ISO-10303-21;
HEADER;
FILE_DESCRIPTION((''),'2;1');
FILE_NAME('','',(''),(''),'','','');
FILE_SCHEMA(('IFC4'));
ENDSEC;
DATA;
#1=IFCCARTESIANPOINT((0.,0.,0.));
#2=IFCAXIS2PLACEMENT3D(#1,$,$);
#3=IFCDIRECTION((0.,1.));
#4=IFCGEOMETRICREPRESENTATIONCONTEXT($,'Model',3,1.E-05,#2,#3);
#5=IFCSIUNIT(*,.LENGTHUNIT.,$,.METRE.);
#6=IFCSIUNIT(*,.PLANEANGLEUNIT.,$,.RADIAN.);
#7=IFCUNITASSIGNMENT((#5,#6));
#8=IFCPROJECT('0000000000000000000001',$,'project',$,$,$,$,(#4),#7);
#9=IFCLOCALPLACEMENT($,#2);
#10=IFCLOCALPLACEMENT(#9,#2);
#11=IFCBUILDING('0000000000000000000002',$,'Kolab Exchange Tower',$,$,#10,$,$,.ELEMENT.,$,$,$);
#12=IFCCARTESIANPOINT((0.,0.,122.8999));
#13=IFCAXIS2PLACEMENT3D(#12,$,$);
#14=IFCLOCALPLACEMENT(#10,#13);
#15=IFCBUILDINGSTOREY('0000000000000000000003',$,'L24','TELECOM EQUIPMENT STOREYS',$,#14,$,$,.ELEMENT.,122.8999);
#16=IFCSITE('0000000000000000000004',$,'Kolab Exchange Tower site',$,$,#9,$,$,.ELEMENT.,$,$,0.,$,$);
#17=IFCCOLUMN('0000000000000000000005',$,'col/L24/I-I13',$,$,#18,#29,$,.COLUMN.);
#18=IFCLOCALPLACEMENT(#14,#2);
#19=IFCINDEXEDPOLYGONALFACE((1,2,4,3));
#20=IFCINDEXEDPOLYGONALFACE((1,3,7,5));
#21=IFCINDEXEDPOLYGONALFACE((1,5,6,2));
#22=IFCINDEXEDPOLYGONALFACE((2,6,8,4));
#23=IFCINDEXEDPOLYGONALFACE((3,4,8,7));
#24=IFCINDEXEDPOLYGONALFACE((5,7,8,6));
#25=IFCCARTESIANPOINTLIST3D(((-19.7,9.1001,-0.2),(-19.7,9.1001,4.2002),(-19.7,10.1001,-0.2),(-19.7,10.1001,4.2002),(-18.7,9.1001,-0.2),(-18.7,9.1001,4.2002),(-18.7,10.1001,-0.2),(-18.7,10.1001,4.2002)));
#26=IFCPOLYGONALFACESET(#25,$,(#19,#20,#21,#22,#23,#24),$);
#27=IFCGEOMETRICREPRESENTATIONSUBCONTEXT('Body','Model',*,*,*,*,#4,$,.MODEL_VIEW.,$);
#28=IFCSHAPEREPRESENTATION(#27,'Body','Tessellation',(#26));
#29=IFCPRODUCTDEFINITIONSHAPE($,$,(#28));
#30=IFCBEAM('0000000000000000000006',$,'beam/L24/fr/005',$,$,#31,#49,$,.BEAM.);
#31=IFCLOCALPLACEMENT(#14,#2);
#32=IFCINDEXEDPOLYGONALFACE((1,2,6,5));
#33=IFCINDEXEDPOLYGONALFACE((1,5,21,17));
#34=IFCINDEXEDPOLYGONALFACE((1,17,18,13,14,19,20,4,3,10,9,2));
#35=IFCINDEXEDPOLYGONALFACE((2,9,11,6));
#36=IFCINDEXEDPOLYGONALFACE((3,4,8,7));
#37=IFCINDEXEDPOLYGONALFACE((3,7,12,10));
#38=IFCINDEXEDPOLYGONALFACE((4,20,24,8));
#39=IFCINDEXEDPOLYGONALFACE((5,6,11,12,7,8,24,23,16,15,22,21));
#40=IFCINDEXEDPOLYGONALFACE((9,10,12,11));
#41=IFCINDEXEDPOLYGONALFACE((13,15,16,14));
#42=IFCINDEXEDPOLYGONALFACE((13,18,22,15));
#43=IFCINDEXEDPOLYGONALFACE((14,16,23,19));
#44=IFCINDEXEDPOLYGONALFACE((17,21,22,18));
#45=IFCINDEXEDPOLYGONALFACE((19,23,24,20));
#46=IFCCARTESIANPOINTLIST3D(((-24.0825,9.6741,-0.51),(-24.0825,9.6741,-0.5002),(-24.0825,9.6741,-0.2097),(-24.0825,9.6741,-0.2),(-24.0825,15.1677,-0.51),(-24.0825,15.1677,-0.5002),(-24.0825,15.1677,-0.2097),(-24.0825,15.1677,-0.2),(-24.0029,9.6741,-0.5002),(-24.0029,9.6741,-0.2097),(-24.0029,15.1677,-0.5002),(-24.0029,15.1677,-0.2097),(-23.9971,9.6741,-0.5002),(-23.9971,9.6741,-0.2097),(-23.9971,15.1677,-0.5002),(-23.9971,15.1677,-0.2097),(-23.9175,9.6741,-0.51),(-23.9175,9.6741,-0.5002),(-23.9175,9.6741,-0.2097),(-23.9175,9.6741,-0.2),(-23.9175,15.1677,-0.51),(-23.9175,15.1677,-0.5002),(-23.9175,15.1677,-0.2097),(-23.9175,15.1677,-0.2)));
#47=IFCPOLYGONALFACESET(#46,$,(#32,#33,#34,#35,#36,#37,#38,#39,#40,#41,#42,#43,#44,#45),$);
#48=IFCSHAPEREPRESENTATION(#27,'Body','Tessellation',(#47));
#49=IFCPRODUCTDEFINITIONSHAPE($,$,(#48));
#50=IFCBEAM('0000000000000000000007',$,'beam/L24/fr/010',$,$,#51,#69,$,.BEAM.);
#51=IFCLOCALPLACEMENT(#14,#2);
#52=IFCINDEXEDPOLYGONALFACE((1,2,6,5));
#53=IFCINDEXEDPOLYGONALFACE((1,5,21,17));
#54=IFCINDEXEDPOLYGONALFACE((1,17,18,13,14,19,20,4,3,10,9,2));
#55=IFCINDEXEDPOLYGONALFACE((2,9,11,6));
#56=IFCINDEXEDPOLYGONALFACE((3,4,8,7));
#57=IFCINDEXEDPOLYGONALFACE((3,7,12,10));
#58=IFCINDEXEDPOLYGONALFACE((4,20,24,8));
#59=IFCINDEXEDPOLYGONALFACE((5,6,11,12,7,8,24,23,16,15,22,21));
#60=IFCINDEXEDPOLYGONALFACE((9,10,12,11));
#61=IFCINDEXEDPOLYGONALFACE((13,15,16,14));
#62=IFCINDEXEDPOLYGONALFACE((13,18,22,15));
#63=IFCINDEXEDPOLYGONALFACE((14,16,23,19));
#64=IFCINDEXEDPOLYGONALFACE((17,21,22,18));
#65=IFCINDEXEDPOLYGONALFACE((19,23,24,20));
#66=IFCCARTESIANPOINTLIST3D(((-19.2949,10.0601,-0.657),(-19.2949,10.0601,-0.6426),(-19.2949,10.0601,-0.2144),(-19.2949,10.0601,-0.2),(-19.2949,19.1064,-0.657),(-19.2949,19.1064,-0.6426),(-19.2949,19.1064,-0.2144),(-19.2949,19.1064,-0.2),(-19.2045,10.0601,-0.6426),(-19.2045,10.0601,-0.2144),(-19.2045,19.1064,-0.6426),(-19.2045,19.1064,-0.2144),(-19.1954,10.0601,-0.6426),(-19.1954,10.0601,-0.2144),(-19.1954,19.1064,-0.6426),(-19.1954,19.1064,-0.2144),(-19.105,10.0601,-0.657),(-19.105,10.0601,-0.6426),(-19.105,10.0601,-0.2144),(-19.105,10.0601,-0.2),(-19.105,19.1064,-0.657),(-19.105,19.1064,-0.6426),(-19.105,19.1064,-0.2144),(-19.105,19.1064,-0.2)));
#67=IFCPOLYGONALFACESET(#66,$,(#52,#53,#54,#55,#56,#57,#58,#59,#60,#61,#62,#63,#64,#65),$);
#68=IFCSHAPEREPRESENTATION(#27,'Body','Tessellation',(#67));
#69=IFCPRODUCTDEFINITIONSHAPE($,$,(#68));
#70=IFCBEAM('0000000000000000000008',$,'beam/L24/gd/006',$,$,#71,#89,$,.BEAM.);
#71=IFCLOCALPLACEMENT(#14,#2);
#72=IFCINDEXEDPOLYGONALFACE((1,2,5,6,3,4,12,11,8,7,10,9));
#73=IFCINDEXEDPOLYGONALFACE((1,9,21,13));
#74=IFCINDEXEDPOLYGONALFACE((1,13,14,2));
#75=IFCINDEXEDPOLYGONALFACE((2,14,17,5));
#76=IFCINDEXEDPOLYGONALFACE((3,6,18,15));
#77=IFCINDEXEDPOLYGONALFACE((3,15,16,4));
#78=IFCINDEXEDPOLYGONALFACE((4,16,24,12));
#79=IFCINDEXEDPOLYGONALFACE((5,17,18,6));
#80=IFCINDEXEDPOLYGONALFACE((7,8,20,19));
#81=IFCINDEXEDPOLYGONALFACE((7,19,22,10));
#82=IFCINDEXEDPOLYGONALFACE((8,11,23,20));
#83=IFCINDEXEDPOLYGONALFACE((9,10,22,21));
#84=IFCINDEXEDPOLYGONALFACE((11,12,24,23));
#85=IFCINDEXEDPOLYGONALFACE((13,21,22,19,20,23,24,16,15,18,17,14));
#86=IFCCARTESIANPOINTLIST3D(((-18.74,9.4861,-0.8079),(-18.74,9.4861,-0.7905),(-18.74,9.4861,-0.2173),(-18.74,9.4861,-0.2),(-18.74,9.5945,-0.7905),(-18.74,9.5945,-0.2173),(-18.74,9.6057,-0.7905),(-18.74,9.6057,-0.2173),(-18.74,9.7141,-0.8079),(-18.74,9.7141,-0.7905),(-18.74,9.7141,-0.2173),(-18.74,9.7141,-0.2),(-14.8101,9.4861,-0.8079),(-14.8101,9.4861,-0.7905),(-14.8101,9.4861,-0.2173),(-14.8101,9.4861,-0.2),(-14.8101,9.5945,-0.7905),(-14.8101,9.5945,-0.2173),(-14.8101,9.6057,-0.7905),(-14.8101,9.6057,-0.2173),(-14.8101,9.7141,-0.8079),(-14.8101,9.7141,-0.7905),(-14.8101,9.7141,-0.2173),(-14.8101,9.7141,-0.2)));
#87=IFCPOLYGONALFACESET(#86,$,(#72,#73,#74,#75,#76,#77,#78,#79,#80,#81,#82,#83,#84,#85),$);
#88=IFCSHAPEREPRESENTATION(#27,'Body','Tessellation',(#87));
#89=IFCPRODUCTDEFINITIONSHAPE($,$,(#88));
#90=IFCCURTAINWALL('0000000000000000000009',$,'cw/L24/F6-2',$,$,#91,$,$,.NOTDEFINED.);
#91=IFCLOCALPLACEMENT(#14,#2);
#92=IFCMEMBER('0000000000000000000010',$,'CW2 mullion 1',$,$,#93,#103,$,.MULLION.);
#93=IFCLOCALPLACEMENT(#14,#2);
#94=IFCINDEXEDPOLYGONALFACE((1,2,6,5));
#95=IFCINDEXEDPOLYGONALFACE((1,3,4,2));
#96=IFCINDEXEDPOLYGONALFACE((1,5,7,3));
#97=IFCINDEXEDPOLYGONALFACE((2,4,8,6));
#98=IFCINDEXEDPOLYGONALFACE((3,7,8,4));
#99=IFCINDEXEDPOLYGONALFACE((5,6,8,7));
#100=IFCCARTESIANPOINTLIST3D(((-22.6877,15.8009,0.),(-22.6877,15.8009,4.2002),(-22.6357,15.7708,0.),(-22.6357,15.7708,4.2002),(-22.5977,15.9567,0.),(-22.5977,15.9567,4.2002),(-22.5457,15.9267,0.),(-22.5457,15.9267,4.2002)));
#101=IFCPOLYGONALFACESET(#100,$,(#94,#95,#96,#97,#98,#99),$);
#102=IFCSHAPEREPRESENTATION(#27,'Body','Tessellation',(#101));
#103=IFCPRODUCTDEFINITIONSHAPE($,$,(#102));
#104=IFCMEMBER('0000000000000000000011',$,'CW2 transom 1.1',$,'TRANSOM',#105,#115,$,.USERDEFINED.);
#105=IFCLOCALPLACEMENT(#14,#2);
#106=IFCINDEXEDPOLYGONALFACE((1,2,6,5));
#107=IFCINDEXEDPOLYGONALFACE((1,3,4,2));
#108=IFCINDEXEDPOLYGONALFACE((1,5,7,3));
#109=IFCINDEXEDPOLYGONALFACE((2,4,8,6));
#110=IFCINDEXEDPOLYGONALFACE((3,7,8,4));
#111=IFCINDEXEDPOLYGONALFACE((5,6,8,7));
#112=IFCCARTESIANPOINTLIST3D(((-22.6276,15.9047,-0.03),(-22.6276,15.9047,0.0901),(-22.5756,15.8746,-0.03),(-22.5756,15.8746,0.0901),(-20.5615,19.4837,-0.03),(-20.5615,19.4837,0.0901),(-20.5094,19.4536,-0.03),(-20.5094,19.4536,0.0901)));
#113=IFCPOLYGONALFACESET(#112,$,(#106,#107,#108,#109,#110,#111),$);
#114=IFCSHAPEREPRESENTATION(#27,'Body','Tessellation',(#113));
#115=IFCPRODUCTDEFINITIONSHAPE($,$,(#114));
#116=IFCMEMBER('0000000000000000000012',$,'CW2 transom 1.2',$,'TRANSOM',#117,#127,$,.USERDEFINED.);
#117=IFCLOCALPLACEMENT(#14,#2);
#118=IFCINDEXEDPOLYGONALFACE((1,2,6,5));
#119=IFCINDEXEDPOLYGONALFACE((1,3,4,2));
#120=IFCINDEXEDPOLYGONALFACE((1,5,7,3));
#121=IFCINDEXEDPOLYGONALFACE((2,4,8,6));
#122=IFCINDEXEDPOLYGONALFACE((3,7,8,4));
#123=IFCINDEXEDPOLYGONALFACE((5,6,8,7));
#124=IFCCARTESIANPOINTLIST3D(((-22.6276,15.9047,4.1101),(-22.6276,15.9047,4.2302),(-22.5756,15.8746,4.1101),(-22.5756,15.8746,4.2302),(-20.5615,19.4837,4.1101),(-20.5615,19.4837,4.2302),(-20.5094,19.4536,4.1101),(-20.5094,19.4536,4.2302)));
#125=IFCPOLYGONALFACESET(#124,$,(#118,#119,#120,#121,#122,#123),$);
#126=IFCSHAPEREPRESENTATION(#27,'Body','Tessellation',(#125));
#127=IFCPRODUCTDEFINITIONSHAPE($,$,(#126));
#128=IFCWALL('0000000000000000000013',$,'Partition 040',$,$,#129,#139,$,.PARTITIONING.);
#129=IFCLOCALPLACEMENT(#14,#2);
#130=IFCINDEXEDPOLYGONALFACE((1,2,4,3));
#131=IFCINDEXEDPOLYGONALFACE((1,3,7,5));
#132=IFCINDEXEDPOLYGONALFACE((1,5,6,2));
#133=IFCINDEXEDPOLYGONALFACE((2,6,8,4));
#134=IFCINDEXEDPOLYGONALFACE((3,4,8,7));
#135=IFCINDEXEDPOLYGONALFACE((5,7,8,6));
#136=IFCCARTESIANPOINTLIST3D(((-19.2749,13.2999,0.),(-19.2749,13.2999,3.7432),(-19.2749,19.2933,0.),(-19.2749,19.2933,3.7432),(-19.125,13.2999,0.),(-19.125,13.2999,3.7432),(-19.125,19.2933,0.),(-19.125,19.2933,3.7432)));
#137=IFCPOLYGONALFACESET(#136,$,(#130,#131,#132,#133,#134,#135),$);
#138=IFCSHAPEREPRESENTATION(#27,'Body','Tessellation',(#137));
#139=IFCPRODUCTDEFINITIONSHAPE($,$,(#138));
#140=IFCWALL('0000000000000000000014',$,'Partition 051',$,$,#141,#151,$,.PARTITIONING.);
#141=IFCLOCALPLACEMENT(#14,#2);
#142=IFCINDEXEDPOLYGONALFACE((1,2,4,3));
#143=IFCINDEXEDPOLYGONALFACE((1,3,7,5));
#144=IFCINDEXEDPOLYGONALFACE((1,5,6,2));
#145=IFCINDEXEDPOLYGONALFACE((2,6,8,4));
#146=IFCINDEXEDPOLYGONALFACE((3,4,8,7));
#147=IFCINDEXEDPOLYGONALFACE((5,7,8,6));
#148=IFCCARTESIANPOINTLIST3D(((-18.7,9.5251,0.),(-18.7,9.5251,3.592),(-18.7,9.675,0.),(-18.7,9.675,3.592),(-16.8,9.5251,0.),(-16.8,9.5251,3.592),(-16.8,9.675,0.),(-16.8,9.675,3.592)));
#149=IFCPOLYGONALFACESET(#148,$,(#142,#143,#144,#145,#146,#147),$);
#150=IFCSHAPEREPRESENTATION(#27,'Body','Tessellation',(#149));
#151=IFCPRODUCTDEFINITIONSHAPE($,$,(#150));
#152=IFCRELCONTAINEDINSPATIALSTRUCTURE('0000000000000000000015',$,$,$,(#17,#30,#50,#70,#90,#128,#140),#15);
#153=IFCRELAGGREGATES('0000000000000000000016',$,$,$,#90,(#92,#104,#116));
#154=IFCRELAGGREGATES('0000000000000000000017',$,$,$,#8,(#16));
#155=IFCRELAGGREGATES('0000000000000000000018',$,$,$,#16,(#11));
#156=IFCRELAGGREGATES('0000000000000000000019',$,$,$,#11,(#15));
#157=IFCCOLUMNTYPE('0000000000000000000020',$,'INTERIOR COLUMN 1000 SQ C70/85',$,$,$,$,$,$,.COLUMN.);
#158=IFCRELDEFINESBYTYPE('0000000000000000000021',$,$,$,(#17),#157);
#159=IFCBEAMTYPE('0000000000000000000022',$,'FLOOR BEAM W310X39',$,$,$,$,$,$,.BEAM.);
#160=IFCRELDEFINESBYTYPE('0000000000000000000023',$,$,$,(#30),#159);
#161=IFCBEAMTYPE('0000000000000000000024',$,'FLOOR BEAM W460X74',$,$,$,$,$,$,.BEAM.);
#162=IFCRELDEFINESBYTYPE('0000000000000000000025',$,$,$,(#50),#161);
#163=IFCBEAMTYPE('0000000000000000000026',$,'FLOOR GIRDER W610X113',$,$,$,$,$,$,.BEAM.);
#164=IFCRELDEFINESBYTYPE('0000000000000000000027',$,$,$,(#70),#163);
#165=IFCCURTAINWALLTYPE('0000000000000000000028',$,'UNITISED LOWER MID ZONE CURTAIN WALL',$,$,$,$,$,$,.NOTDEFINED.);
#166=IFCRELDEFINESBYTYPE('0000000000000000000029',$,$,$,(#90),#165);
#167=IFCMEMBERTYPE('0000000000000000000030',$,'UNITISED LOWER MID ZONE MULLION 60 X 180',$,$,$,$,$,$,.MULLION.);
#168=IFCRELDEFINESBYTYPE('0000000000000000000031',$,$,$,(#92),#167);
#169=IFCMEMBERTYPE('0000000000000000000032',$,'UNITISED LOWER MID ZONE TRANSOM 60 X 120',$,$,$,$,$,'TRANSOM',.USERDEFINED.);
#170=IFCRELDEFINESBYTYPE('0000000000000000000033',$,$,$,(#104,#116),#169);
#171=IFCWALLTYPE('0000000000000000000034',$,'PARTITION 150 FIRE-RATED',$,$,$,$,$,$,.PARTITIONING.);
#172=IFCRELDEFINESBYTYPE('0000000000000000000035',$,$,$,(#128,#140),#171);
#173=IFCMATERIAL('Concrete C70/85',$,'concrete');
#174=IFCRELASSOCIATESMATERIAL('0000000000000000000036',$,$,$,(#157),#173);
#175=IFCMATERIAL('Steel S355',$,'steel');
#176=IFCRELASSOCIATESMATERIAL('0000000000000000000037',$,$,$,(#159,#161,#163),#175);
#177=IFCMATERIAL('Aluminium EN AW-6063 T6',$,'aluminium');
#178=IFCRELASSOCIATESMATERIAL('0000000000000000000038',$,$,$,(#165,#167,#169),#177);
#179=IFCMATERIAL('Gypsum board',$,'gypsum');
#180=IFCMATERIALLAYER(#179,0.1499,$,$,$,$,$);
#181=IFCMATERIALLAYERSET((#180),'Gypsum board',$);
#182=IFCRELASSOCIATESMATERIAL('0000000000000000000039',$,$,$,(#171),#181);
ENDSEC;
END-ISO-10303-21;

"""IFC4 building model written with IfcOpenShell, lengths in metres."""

from ifc_helpers import new_model, si_unit, direction, frame, frame_2d, origin, origin_2d, place, context, subcontext, project, spatial, rectangle, i_section, extrude, material, layer, layer_set, material_profile, profile_set, type_object, element, aggregate, save


model = new_model("IFC4")

# Units and contexts
model_context = context("Model", 3, precision=1e-05, world=origin(), true_north=direction((0.0, 1.0)))
body_context = subcontext(model_context, "Body", "Model", "MODEL_VIEW")
ifc_project = project(units=[si_unit("LENGTHUNIT", "METRE"), si_unit("PLANEANGLEUNIT", "RADIAN")], contexts=[model_context])

# Site, building, storey
site_placement = place(None, origin())
site = spatial("IfcSite", under=ifc_project, at=site_placement, Name="Kolab Exchange Tower site", CompositionType="ELEMENT", RefElevation=0.0)
building_placement = place(site_placement, origin())
building = spatial("IfcBuilding", under=site, at=building_placement, Name="Kolab Exchange Tower", CompositionType="ELEMENT")
storey_placement = place(building_placement, frame((0.0, 0.0, 122.8999)))
storey = spatial("IfcBuildingStorey", under=building, at=storey_placement, Name="L24", Description="TELECOM EQUIPMENT STOREYS", CompositionType="ELEMENT", Elevation=122.8999)

# Column
ifc_material_1 = material(Name="Concrete C70/85", Category="concrete")
ifc_material_profile_1 = material_profile(ifc_material_1, rectangle(XDim=1.0, YDim=1.0, at=origin_2d()), Name="RC1000")
ifc_profile_set_1 = profile_set([ifc_material_profile_1], Name="Concrete C70/85")
column_type = type_object("IfcColumnType", Name="INTERIOR COLUMN 1000 SQ C70/85", PredefinedType="COLUMN", material=ifc_profile_set_1)
column_placement = place(storey_placement, frame((-19.2, 9.6001, -0.2), z_axis=(0.0, 0.0, 1.0), x_axis=(1.0, 0.0, 0.0)))
element("IfcColumn", 1, at=column_placement, inside=storey, type_object=column_type, Name="col/L24/I-I13", PredefinedType="COLUMN", context=body_context, shape_type="SweptSolid", body=[
    extrude(rectangle(XDim=1.0, YDim=1.0, at=origin_2d()), origin(), (0.0, 0.0, 1.0), 4.4001),
])

# Beams
ifc_material_2 = material(Name="Steel S355", Category="steel")
ifc_material_profile_2 = material_profile(ifc_material_2, i_section(OverallWidth=0.165, OverallDepth=0.3101, WebThickness=0.0059, FlangeThickness=0.0098, at=origin_2d()), Name="W310X39")
ifc_profile_set_2 = profile_set([ifc_material_profile_2], Name="Steel S355")
beam_type_1 = type_object("IfcBeamType", Name="FLOOR BEAM W310X39", PredefinedType="BEAM", material=ifc_profile_set_2)
beam_1_placement = place(storey_placement, frame((-24.0, 9.6741, -0.355), z_axis=(0.0, 1.0, 0.0), x_axis=(-1.0, 0.0, 0.0)))
element("IfcBeam", 2, at=beam_1_placement, inside=storey, type_object=beam_type_1, Name="beam/L24/fr/005", PredefinedType="BEAM", context=body_context, shape_type="SweptSolid", body=[
    extrude(i_section(OverallWidth=0.165, OverallDepth=0.3101, WebThickness=0.0059, FlangeThickness=0.0098, at=origin_2d()), origin(), (0.0, 0.0, 1.0), 5.4937),
])
ifc_material_profile_3 = material_profile(ifc_material_2, i_section(OverallWidth=0.1899, OverallDepth=0.457, WebThickness=0.009, FlangeThickness=0.0144, at=origin_2d()), Name="W460X74")
ifc_profile_set_3 = profile_set([ifc_material_profile_3], Name="Steel S355")
beam_type_2 = type_object("IfcBeamType", Name="FLOOR BEAM W460X74", PredefinedType="BEAM", material=ifc_profile_set_3)
beam_2_placement = place(storey_placement, frame((-19.2, 10.0601, -0.4285), z_axis=(0.0, 1.0, 0.0), x_axis=(-1.0, 0.0, 0.0)))
element("IfcBeam", 3, at=beam_2_placement, inside=storey, type_object=beam_type_2, Name="beam/L24/fr/010", PredefinedType="BEAM", context=body_context, shape_type="SweptSolid", body=[
    extrude(i_section(OverallWidth=0.1899, OverallDepth=0.457, WebThickness=0.009, FlangeThickness=0.0144, at=origin_2d()), origin(), (0.0, 0.0, 1.0), 9.0464),
])
ifc_material_profile_4 = material_profile(ifc_material_2, i_section(OverallWidth=0.228, OverallDepth=0.6079, WebThickness=0.0112, FlangeThickness=0.0173, at=origin_2d()), Name="W610X113")
ifc_profile_set_4 = profile_set([ifc_material_profile_4], Name="Steel S355")
beam_type_3 = type_object("IfcBeamType", Name="FLOOR GIRDER W610X113", PredefinedType="BEAM", material=ifc_profile_set_4)
beam_3_placement = place(storey_placement, frame((-18.74, 9.6001, -0.5039), z_axis=(1.0, 0.0, 0.0), x_axis=(0.0, 1.0, 0.0)))
element("IfcBeam", 4, at=beam_3_placement, inside=storey, type_object=beam_type_3, Name="beam/L24/gd/006", PredefinedType="BEAM", context=body_context, shape_type="SweptSolid", body=[
    extrude(i_section(OverallWidth=0.228, OverallDepth=0.6079, WebThickness=0.0112, FlangeThickness=0.0173, at=origin_2d()), origin(), (0.0, 0.0, 1.0), 3.9299),
])

# Curtain wall, members
ifc_material_3 = material(Name="Aluminium EN AW-6063 T6", Category="aluminium")
curtain_wall_type = type_object("IfcCurtainWallType", Name="UNITISED LOWER MID ZONE CURTAIN WALL", PredefinedType="NOTDEFINED", material=ifc_material_3)
curtain_wall_placement = place(storey_placement, origin())
curtain_wall = element("IfcCurtainWall", 5, at=curtain_wall_placement, inside=storey, type_object=curtain_wall_type, Name="cw/L24/F6-2", PredefinedType="NOTDEFINED")
ifc_material_profile_5 = material_profile(ifc_material_3, rectangle(XDim=0.0601, YDim=0.1799, at=origin_2d()), Name="RECT 60X180")
ifc_profile_set_5 = profile_set([ifc_material_profile_5], Name="Aluminium EN AW-6063 T6")
member_type_1 = type_object("IfcMemberType", Name="UNITISED LOWER MID ZONE MULLION 60 X 180", PredefinedType="MULLION", material=ifc_profile_set_5)
member_1_placement = place(storey_placement, frame((-22.6167, 15.8638, 0.0), z_axis=(0.0, 0.0, 1.0), x_axis=(-0.866025, 0.5, 0.0)))
member_1 = element("IfcMember", 6, at=member_1_placement, type_object=member_type_1, Name="CW2 mullion 1", PredefinedType="MULLION", context=body_context, shape_type="SweptSolid", body=[
    extrude(rectangle(XDim=0.0601, YDim=0.1799, at=origin_2d()), origin(), (0.0, 0.0, 1.0), 4.2002),
])
ifc_material_profile_6 = material_profile(ifc_material_3, rectangle(XDim=0.0601, YDim=0.1201, at=origin_2d()), Name="RECT 60X120")
ifc_profile_set_6 = profile_set([ifc_material_profile_6], Name="Aluminium EN AW-6063 T6")
member_type_2 = type_object("IfcMemberType", Name="UNITISED LOWER MID ZONE TRANSOM 60 X 120", ElementType="TRANSOM", PredefinedType="USERDEFINED", material=ifc_profile_set_6)
member_2_placement = place(storey_placement, frame((-22.6016, 15.8896, 0.03), z_axis=(0.499958, 0.86605, 0.0), x_axis=(-0.86605, 0.499958, 0.0)))
member_2 = element("IfcMember", 7, at=member_2_placement, type_object=member_type_2, Name="CW2 transom 1.1", ObjectType="TRANSOM", PredefinedType="USERDEFINED", context=body_context, shape_type="SweptSolid", body=[
    extrude(rectangle(XDim=0.0601, YDim=0.1201, at=origin_2d()), origin(), (0.0, 0.0, 1.0), 4.1326),
])
member_3_placement = place(storey_placement, frame((-22.6016, 15.8896, 4.1702), z_axis=(0.499958, 0.86605, 0.0), x_axis=(-0.86605, 0.499958, 0.0)))
member_3 = element("IfcMember", 8, at=member_3_placement, type_object=member_type_2, Name="CW2 transom 1.2", ObjectType="TRANSOM", PredefinedType="USERDEFINED", context=body_context, shape_type="SweptSolid", body=[
    extrude(rectangle(XDim=0.0601, YDim=0.1201, at=origin_2d()), origin(), (0.0, 0.0, 1.0), 4.1326),
])
aggregate(curtain_wall, [member_1, member_2, member_3])

# Walls
ifc_material_4 = material(Name="Gypsum board", Category="gypsum")
ifc_layer = layer(ifc_material_4, 0.1499)
ifc_layer_set = layer_set([ifc_layer], Name="Gypsum board")
wall_type = type_object("IfcWallType", Name="PARTITION 150 FIRE-RATED", PredefinedType="PARTITIONING", material=ifc_layer_set)
wall_1_placement = place(storey_placement, frame((-19.2, 13.3, 0.0), z_axis=(0.0, 0.0, 1.0), x_axis=(0.0, 1.0, 0.0)))
element("IfcWall", 9, at=wall_1_placement, inside=storey, type_object=wall_type, Name="Partition 040", PredefinedType="PARTITIONING", context=body_context, shape_type="SweptSolid", body=[
    extrude(rectangle(XDim=5.9934, YDim=0.1499, at=frame_2d((2.9966, 0.0))), origin(), (0.0, 0.0, 1.0), 3.7432),
])
wall_2_placement = place(storey_placement, frame((-18.7, 9.6001, 0.0), z_axis=(0.0, 0.0, 1.0), x_axis=(1.0, 0.0, 0.0)))
element("IfcWall", 10, at=wall_2_placement, inside=storey, type_object=wall_type, Name="Partition 051", PredefinedType="PARTITIONING", context=body_context, shape_type="SweptSolid", body=[
    extrude(rectangle(XDim=1.8999, YDim=0.1499, at=frame_2d((0.95, 0.0))), origin(), (0.0, 0.0, 1.0), 3.592),
])

save(model, "model.ifc")
